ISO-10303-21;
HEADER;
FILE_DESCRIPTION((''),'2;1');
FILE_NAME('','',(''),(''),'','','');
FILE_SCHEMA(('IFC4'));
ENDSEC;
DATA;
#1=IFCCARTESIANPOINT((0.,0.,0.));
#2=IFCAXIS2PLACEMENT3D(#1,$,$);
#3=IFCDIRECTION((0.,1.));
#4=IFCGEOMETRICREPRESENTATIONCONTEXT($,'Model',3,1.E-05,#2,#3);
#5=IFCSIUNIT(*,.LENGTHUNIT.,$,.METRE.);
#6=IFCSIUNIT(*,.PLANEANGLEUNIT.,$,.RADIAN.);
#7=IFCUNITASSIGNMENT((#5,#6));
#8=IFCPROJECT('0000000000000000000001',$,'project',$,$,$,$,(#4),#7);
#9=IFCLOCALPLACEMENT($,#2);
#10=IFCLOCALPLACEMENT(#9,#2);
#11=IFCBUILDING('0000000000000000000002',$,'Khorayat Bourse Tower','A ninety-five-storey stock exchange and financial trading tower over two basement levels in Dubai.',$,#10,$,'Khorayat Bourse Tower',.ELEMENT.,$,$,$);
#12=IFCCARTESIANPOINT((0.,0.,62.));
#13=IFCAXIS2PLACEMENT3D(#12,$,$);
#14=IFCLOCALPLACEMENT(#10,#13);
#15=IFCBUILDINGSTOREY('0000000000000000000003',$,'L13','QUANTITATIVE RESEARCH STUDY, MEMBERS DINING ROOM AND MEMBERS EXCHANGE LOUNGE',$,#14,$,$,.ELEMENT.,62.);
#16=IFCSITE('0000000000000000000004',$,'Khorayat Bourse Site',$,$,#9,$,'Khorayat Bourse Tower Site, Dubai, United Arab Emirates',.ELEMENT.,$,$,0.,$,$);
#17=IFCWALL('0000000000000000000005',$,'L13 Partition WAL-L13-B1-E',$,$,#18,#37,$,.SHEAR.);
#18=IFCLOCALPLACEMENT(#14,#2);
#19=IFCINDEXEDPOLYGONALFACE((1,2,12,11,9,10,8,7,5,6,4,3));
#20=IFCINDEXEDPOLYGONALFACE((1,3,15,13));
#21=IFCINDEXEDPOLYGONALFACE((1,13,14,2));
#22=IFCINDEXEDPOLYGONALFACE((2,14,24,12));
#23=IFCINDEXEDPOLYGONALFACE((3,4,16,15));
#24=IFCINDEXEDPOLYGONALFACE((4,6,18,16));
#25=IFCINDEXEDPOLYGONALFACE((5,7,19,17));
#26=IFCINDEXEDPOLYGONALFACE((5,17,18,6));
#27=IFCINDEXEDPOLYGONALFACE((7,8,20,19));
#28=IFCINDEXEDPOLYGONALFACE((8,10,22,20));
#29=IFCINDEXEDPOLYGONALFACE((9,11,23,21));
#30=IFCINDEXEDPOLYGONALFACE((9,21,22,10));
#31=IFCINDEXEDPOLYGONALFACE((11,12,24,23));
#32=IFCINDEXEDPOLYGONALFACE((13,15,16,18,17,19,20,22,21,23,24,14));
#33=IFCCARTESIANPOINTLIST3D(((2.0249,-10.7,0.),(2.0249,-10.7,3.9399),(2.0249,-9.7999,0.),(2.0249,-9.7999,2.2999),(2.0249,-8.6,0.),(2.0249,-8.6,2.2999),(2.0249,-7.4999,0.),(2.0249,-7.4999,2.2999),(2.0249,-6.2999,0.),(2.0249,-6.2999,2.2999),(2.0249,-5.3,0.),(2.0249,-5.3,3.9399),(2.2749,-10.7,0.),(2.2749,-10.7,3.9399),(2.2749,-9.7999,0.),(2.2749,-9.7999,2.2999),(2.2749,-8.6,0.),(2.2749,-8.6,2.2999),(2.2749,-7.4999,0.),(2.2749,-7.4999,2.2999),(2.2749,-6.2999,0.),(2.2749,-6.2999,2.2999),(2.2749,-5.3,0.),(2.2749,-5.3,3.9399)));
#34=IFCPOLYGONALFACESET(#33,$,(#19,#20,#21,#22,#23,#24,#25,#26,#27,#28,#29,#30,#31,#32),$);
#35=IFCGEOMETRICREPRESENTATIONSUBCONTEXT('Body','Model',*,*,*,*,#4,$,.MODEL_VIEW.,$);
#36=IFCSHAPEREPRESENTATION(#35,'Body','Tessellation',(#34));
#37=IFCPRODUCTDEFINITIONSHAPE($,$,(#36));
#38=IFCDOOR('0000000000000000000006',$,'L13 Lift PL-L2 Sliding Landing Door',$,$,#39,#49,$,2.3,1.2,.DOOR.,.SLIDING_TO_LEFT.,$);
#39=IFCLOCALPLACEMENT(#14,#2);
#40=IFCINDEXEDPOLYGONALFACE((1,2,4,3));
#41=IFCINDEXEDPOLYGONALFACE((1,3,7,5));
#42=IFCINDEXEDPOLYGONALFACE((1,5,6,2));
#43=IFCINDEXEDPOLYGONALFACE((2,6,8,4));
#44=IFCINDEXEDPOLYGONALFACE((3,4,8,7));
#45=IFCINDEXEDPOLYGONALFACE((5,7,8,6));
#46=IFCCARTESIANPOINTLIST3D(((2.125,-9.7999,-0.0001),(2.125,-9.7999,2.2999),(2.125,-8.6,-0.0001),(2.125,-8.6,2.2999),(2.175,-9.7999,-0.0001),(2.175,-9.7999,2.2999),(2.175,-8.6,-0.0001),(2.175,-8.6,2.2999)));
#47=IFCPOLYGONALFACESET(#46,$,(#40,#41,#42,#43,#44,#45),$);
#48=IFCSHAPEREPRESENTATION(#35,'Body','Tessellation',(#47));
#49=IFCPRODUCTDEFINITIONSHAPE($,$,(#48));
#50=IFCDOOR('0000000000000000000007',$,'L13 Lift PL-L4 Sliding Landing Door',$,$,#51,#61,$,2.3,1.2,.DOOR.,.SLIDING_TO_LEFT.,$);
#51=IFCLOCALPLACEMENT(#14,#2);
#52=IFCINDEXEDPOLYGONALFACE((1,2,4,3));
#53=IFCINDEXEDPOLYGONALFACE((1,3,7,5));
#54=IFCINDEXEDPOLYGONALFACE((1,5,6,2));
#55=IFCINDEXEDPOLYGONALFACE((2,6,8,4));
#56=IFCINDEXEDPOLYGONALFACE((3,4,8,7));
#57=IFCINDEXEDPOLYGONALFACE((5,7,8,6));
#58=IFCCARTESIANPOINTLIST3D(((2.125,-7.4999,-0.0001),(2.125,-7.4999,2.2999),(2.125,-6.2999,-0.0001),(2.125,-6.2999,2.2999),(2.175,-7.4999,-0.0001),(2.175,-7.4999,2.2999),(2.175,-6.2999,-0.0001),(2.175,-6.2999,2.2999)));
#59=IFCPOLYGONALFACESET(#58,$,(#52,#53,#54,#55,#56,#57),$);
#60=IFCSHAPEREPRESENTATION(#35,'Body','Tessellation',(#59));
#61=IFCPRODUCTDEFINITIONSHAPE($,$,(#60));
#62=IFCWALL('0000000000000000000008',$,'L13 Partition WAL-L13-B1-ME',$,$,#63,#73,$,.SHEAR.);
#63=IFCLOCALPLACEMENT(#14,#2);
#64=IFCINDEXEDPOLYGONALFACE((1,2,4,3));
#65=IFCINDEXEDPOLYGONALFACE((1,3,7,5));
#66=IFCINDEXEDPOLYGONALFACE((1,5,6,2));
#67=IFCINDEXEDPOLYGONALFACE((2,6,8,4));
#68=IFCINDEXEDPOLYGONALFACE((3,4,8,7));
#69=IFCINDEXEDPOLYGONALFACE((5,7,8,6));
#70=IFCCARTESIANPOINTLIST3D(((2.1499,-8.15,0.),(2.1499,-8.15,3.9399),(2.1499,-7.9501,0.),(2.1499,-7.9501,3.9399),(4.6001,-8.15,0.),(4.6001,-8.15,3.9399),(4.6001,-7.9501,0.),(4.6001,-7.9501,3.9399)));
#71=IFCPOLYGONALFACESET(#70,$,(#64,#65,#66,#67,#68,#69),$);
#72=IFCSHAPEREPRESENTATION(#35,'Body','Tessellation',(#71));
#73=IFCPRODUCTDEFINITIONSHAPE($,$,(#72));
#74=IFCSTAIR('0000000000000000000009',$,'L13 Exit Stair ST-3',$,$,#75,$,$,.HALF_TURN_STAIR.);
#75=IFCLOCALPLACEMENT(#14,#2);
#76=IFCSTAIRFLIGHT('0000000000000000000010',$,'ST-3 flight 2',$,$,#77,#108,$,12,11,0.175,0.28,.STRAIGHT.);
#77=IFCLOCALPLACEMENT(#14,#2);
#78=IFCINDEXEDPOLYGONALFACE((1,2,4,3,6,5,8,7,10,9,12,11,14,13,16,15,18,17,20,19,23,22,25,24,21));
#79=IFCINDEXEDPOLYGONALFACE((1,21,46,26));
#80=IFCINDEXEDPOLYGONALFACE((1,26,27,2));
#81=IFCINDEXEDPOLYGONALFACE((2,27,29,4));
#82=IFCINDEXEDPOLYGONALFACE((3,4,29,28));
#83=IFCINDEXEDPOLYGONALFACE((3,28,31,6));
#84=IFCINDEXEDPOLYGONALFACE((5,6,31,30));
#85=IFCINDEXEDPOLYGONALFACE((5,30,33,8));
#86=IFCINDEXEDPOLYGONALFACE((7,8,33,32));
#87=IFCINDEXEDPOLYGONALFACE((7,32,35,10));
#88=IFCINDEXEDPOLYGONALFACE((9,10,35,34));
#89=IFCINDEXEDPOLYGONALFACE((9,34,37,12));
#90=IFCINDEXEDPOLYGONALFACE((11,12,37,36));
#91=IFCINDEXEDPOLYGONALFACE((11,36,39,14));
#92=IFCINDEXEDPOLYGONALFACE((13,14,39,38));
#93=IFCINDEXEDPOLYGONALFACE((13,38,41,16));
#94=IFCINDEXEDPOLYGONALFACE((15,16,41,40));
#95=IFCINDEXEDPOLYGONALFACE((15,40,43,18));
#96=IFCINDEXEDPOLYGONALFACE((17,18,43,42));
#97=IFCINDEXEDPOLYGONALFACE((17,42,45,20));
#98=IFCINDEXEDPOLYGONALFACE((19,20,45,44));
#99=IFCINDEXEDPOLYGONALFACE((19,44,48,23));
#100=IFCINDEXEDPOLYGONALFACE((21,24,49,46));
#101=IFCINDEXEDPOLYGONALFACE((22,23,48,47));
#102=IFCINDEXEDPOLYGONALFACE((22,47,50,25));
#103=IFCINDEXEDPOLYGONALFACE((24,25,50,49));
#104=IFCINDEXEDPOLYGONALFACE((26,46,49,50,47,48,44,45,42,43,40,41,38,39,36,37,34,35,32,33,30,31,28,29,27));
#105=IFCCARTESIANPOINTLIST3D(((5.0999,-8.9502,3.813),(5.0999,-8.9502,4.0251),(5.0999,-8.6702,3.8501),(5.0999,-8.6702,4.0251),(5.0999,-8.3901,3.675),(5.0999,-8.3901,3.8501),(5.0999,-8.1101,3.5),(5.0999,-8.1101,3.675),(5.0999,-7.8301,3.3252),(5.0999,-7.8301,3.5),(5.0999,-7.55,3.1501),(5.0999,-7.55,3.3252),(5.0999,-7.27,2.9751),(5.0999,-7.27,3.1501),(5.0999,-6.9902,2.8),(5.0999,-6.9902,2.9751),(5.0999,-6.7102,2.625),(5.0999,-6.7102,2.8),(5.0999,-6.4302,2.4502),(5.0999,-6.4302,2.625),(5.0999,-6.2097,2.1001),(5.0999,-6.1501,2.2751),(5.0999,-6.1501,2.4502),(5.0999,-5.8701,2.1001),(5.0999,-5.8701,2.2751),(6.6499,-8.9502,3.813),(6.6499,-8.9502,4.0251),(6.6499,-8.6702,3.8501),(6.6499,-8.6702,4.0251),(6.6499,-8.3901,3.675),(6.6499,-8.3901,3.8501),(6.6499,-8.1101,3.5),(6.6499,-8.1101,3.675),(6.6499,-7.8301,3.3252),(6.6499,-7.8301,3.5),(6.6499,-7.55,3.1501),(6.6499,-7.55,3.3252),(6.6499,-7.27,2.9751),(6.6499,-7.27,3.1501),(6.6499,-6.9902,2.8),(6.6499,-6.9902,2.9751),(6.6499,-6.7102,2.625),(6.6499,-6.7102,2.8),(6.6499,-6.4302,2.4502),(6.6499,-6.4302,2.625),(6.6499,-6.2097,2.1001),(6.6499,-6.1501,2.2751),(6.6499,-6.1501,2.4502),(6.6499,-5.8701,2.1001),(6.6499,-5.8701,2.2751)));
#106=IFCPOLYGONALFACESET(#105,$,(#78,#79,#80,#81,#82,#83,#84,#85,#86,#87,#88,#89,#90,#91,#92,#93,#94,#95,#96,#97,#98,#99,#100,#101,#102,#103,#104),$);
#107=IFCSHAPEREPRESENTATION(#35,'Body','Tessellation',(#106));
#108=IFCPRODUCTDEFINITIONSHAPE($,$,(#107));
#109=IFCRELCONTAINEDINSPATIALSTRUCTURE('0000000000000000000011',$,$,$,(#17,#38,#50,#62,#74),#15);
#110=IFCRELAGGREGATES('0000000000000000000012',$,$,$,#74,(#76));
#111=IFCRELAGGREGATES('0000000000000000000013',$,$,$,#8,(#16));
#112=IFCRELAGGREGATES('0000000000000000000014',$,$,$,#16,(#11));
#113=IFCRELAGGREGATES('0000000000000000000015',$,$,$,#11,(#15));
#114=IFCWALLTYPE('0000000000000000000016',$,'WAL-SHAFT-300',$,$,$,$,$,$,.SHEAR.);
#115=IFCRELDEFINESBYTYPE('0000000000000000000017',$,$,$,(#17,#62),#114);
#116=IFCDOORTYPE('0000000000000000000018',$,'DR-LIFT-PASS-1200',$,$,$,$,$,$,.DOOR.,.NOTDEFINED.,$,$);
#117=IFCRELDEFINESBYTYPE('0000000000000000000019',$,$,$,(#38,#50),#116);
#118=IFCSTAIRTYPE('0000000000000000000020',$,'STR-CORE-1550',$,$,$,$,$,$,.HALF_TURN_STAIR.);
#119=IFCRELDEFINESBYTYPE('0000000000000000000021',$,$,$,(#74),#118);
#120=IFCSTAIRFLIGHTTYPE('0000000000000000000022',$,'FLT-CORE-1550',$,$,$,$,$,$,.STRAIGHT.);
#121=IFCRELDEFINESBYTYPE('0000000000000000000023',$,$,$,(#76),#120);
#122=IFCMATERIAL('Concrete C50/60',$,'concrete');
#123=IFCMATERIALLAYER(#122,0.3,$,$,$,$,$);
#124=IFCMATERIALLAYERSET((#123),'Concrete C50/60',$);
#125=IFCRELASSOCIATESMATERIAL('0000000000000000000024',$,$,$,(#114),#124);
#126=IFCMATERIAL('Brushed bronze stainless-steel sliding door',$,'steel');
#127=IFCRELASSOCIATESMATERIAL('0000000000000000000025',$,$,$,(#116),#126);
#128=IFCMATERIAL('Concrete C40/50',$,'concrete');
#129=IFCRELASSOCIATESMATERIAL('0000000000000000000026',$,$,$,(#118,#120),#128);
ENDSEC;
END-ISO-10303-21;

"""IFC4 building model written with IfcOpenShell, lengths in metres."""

from ifc_helpers import new_model, si_unit, direction, frame, frame_2d, origin, place, context, subcontext, project, spatial, polyline, rectangle, outline, extrude, source, transform, mapped, material, layer, layer_set, type_object, element, fill, aggregate, save


model = new_model("IFC4")

# Units and contexts
model_context = context("Model", 3, precision=1e-05, world=origin(), true_north=direction((0.0, 1.0)))
body_context = subcontext(model_context, "Body", "Model", "MODEL_VIEW")
ifc_project = project(units=[si_unit("LENGTHUNIT", "METRE"), si_unit("PLANEANGLEUNIT", "RADIAN")], contexts=[model_context])

# Site, building, storey
site_placement = place(None, origin())
site = spatial("IfcSite", under=ifc_project, at=site_placement, Name="Khorayat Bourse Site", LongName="Khorayat Bourse Tower Site, Dubai, United Arab Emirates", CompositionType="ELEMENT", RefElevation=0.0)
building_placement = place(site_placement, origin())
building = spatial("IfcBuilding", under=site, at=building_placement, Name="Khorayat Bourse Tower", Description="A ninety-five-storey stock exchange and financial trading tower over two basement levels in Dubai.", LongName="Khorayat Bourse Tower", CompositionType="ELEMENT")
storey_placement = place(building_placement, frame((0.0, 0.0, 62.0)))
storey = spatial("IfcBuildingStorey", under=building, at=storey_placement, Name="L13", Description="QUANTITATIVE RESEARCH STUDY, MEMBERS DINING ROOM AND MEMBERS EXCHANGE LOUNGE", CompositionType="ELEMENT", Elevation=62.0)

# Wall, openings, doors
ifc_material_1 = material(Name="Concrete C50/60", Category="concrete")
ifc_layer_1 = layer(ifc_material_1, 0.3)
ifc_layer_set_1 = layer_set([ifc_layer_1], Name="Concrete C50/60")
wall_type_1 = type_object("IfcWallType", Name="WAL-SHAFT-300", PredefinedType="SHEAR", material=ifc_layer_set_1)
shared_shape_1 = source(origin(), body_context, "Body", "SweptSolid", [
    extrude(rectangle(XDim=5.3999, YDim=0.25, at=frame_2d((2.7, 0.0))), origin(), (0.0, 0.0, 1.0), 3.9399),
])
shared_shape_2 = source(origin(), body_context, "Body", "SweptSolid", [
    extrude(rectangle(XDim=1.2, YDim=2.3, at=frame_2d((0.6001, 1.1499))), frame((0.0, 0.135, 0.0), z_axis=(0.0, -1.0, 0.0), x_axis=(1.0, 0.0, 0.0)), (0.0, 0.0, 1.0), 0.27),
])
ifc_material_2 = material(Name="Brushed bronze stainless-steel sliding door", Category="steel")
door_type_1 = type_object("IfcDoorType", Name="DR-LIFT-PASS-1200", OperationType="NOTDEFINED", PredefinedType="DOOR", material=ifc_material_2)
shared_shape_3 = source(origin(), body_context, "Body", "SweptSolid", [
    extrude(rectangle(XDim=1.2, YDim=2.3, at=frame_2d((0.6001, 1.1499))), frame((0.0, 0.0249, 0.0), z_axis=(0.0, -1.0, 0.0), x_axis=(1.0, 0.0, 0.0)), (0.0, 0.0, 1.0), 0.05),
])
wall_1_placement = place(storey_placement, frame((2.1499, -10.7, 0.0), z_axis=(0.0, 0.0, 1.0), x_axis=(0.0, 1.0, 0.0)))
wall_1 = element("IfcWall", 1, at=wall_1_placement, inside=storey, type_object=wall_type_1, Name="L13 Partition WAL-L13-B1-E", PredefinedType="SHEAR", context=body_context, shape_type="MappedRepresentation", body=[
    mapped(shared_shape_1, transform((0.0, 0.0, 0.0), scale=1.0)),
])
opening_1_placement = place(wall_1_placement, frame((0.8999, 0.0, 0.0)))
opening_1 = element("IfcOpeningElement", 2, at=opening_1_placement, cuts=wall_1, PredefinedType="OPENING", context=body_context, shape_type="MappedRepresentation", body=[
    mapped(shared_shape_2, transform((0.0, 0.0, 0.0), scale=1.0)),
])
opening_2_placement = place(wall_1_placement, frame((3.2, 0.0, 0.0)))
opening_2 = element("IfcOpeningElement", 3, at=opening_2_placement, cuts=wall_1, PredefinedType="OPENING", context=body_context, shape_type="MappedRepresentation", body=[
    mapped(shared_shape_2, transform((0.0, 0.0, 0.0), scale=1.0)),
])
door_1_placement = place(opening_1_placement, origin())
door_1 = element("IfcDoor", 4, at=door_1_placement, inside=storey, type_object=door_type_1, Name="L13 Lift PL-L2 Sliding Landing Door", OperationType="SLIDING_TO_LEFT", OverallHeight=2.3, OverallWidth=1.2, PredefinedType="DOOR", context=body_context, shape_type="MappedRepresentation", body=[
    mapped(shared_shape_3, transform((0.0, 0.0, 0.0), scale=1.0)),
])
fill(opening_1, door_1)
door_2_placement = place(opening_2_placement, origin())
door_2 = element("IfcDoor", 5, at=door_2_placement, inside=storey, type_object=door_type_1, Name="L13 Lift PL-L4 Sliding Landing Door", OperationType="SLIDING_TO_LEFT", OverallHeight=2.3, OverallWidth=1.2, PredefinedType="DOOR", context=body_context, shape_type="MappedRepresentation", body=[
    mapped(shared_shape_3, transform((0.0, 0.0, 0.0), scale=1.0)),
])
fill(opening_2, door_2)

# Wall
shared_shape_4 = source(origin(), body_context, "Body", "SweptSolid", [
    extrude(rectangle(XDim=2.4502, YDim=0.2, at=frame_2d((1.2251, 0.0))), origin(), (0.0, 0.0, 1.0), 3.9399),
])
wall_2_placement = place(storey_placement, frame((2.1499, -8.05, 0.0), z_axis=(0.0, 0.0, 1.0), x_axis=(1.0, 0.0, 0.0)))
element("IfcWall", 6, at=wall_2_placement, inside=storey, type_object=wall_type_1, Name="L13 Partition WAL-L13-B1-ME", PredefinedType="SHEAR", context=body_context, shape_type="MappedRepresentation", body=[
    mapped(shared_shape_4, transform((0.0, 0.0, 0.0), scale=1.0)),
])

# Stair, stair flight
ifc_material_3 = material(Name="Concrete C40/50", Category="concrete")
stair_type = type_object("IfcStairType", Name="STR-CORE-1550", PredefinedType="HALF_TURN_STAIR", material=ifc_material_3)
stair_placement = place(storey_placement, origin())
stair = element("IfcStair", 7, at=stair_placement, inside=storey, type_object=stair_type, Name="L13 Exit Stair ST-3", PredefinedType="HALF_TURN_STAIR")
stair_flight_type = type_object("IfcStairFlightType", Name="FLT-CORE-1550", PredefinedType="STRAIGHT", material=ifc_material_3)
shared_shape_5 = source(origin(), body_context, "Body", "SweptSolid", [
    extrude(outline(polyline([(0.0, 0.0), (0.0, 0.175), (0.28, 0.175), (0.28, 0.3501), (0.5601, 0.3501), (0.5601, 0.5249), (0.8401, 0.5249), (0.8401, 0.7), (1.1201, 0.7), (1.1201, 0.875), (1.3999, 0.875), (1.3999, 1.05), (1.6799, 1.05), (1.6799, 1.2251), (1.96, 1.2251), (1.96, 1.3999), (2.24, 1.3999), (2.24, 1.575), (2.52, 1.575), (2.52, 1.75), (2.8, 1.75), (2.8, 1.925), (3.0801, 1.925), (3.0801, 2.1001), (3.0801, 1.7129), (0.3396, 0.0), (0.0, 0.0)])), frame((0.0, 0.7749, 0.0), z_axis=(0.0, -1.0, 0.0), x_axis=(1.0, 0.0, 0.0)), (0.0, 0.0, 1.0), 1.55),
])
stair_flight_placement = place(storey_placement, frame((5.875, -5.8701, 2.1001), z_axis=(0.0, 0.0, 1.0), x_axis=(0.0, -1.0, 0.0)))
stair_flight = element("IfcStairFlight", 8, at=stair_flight_placement, type_object=stair_flight_type, Name="ST-3 flight 2", NumberOfRisers=12, NumberOfTreads=11, PredefinedType="STRAIGHT", RiserHeight=0.175, TreadLength=0.28, context=body_context, shape_type="MappedRepresentation", body=[
    mapped(shared_shape_5, transform((0.0, 0.0, 0.0), scale=1.0)),
])
aggregate(stair, [stair_flight])

save(model, "model.ifc")
